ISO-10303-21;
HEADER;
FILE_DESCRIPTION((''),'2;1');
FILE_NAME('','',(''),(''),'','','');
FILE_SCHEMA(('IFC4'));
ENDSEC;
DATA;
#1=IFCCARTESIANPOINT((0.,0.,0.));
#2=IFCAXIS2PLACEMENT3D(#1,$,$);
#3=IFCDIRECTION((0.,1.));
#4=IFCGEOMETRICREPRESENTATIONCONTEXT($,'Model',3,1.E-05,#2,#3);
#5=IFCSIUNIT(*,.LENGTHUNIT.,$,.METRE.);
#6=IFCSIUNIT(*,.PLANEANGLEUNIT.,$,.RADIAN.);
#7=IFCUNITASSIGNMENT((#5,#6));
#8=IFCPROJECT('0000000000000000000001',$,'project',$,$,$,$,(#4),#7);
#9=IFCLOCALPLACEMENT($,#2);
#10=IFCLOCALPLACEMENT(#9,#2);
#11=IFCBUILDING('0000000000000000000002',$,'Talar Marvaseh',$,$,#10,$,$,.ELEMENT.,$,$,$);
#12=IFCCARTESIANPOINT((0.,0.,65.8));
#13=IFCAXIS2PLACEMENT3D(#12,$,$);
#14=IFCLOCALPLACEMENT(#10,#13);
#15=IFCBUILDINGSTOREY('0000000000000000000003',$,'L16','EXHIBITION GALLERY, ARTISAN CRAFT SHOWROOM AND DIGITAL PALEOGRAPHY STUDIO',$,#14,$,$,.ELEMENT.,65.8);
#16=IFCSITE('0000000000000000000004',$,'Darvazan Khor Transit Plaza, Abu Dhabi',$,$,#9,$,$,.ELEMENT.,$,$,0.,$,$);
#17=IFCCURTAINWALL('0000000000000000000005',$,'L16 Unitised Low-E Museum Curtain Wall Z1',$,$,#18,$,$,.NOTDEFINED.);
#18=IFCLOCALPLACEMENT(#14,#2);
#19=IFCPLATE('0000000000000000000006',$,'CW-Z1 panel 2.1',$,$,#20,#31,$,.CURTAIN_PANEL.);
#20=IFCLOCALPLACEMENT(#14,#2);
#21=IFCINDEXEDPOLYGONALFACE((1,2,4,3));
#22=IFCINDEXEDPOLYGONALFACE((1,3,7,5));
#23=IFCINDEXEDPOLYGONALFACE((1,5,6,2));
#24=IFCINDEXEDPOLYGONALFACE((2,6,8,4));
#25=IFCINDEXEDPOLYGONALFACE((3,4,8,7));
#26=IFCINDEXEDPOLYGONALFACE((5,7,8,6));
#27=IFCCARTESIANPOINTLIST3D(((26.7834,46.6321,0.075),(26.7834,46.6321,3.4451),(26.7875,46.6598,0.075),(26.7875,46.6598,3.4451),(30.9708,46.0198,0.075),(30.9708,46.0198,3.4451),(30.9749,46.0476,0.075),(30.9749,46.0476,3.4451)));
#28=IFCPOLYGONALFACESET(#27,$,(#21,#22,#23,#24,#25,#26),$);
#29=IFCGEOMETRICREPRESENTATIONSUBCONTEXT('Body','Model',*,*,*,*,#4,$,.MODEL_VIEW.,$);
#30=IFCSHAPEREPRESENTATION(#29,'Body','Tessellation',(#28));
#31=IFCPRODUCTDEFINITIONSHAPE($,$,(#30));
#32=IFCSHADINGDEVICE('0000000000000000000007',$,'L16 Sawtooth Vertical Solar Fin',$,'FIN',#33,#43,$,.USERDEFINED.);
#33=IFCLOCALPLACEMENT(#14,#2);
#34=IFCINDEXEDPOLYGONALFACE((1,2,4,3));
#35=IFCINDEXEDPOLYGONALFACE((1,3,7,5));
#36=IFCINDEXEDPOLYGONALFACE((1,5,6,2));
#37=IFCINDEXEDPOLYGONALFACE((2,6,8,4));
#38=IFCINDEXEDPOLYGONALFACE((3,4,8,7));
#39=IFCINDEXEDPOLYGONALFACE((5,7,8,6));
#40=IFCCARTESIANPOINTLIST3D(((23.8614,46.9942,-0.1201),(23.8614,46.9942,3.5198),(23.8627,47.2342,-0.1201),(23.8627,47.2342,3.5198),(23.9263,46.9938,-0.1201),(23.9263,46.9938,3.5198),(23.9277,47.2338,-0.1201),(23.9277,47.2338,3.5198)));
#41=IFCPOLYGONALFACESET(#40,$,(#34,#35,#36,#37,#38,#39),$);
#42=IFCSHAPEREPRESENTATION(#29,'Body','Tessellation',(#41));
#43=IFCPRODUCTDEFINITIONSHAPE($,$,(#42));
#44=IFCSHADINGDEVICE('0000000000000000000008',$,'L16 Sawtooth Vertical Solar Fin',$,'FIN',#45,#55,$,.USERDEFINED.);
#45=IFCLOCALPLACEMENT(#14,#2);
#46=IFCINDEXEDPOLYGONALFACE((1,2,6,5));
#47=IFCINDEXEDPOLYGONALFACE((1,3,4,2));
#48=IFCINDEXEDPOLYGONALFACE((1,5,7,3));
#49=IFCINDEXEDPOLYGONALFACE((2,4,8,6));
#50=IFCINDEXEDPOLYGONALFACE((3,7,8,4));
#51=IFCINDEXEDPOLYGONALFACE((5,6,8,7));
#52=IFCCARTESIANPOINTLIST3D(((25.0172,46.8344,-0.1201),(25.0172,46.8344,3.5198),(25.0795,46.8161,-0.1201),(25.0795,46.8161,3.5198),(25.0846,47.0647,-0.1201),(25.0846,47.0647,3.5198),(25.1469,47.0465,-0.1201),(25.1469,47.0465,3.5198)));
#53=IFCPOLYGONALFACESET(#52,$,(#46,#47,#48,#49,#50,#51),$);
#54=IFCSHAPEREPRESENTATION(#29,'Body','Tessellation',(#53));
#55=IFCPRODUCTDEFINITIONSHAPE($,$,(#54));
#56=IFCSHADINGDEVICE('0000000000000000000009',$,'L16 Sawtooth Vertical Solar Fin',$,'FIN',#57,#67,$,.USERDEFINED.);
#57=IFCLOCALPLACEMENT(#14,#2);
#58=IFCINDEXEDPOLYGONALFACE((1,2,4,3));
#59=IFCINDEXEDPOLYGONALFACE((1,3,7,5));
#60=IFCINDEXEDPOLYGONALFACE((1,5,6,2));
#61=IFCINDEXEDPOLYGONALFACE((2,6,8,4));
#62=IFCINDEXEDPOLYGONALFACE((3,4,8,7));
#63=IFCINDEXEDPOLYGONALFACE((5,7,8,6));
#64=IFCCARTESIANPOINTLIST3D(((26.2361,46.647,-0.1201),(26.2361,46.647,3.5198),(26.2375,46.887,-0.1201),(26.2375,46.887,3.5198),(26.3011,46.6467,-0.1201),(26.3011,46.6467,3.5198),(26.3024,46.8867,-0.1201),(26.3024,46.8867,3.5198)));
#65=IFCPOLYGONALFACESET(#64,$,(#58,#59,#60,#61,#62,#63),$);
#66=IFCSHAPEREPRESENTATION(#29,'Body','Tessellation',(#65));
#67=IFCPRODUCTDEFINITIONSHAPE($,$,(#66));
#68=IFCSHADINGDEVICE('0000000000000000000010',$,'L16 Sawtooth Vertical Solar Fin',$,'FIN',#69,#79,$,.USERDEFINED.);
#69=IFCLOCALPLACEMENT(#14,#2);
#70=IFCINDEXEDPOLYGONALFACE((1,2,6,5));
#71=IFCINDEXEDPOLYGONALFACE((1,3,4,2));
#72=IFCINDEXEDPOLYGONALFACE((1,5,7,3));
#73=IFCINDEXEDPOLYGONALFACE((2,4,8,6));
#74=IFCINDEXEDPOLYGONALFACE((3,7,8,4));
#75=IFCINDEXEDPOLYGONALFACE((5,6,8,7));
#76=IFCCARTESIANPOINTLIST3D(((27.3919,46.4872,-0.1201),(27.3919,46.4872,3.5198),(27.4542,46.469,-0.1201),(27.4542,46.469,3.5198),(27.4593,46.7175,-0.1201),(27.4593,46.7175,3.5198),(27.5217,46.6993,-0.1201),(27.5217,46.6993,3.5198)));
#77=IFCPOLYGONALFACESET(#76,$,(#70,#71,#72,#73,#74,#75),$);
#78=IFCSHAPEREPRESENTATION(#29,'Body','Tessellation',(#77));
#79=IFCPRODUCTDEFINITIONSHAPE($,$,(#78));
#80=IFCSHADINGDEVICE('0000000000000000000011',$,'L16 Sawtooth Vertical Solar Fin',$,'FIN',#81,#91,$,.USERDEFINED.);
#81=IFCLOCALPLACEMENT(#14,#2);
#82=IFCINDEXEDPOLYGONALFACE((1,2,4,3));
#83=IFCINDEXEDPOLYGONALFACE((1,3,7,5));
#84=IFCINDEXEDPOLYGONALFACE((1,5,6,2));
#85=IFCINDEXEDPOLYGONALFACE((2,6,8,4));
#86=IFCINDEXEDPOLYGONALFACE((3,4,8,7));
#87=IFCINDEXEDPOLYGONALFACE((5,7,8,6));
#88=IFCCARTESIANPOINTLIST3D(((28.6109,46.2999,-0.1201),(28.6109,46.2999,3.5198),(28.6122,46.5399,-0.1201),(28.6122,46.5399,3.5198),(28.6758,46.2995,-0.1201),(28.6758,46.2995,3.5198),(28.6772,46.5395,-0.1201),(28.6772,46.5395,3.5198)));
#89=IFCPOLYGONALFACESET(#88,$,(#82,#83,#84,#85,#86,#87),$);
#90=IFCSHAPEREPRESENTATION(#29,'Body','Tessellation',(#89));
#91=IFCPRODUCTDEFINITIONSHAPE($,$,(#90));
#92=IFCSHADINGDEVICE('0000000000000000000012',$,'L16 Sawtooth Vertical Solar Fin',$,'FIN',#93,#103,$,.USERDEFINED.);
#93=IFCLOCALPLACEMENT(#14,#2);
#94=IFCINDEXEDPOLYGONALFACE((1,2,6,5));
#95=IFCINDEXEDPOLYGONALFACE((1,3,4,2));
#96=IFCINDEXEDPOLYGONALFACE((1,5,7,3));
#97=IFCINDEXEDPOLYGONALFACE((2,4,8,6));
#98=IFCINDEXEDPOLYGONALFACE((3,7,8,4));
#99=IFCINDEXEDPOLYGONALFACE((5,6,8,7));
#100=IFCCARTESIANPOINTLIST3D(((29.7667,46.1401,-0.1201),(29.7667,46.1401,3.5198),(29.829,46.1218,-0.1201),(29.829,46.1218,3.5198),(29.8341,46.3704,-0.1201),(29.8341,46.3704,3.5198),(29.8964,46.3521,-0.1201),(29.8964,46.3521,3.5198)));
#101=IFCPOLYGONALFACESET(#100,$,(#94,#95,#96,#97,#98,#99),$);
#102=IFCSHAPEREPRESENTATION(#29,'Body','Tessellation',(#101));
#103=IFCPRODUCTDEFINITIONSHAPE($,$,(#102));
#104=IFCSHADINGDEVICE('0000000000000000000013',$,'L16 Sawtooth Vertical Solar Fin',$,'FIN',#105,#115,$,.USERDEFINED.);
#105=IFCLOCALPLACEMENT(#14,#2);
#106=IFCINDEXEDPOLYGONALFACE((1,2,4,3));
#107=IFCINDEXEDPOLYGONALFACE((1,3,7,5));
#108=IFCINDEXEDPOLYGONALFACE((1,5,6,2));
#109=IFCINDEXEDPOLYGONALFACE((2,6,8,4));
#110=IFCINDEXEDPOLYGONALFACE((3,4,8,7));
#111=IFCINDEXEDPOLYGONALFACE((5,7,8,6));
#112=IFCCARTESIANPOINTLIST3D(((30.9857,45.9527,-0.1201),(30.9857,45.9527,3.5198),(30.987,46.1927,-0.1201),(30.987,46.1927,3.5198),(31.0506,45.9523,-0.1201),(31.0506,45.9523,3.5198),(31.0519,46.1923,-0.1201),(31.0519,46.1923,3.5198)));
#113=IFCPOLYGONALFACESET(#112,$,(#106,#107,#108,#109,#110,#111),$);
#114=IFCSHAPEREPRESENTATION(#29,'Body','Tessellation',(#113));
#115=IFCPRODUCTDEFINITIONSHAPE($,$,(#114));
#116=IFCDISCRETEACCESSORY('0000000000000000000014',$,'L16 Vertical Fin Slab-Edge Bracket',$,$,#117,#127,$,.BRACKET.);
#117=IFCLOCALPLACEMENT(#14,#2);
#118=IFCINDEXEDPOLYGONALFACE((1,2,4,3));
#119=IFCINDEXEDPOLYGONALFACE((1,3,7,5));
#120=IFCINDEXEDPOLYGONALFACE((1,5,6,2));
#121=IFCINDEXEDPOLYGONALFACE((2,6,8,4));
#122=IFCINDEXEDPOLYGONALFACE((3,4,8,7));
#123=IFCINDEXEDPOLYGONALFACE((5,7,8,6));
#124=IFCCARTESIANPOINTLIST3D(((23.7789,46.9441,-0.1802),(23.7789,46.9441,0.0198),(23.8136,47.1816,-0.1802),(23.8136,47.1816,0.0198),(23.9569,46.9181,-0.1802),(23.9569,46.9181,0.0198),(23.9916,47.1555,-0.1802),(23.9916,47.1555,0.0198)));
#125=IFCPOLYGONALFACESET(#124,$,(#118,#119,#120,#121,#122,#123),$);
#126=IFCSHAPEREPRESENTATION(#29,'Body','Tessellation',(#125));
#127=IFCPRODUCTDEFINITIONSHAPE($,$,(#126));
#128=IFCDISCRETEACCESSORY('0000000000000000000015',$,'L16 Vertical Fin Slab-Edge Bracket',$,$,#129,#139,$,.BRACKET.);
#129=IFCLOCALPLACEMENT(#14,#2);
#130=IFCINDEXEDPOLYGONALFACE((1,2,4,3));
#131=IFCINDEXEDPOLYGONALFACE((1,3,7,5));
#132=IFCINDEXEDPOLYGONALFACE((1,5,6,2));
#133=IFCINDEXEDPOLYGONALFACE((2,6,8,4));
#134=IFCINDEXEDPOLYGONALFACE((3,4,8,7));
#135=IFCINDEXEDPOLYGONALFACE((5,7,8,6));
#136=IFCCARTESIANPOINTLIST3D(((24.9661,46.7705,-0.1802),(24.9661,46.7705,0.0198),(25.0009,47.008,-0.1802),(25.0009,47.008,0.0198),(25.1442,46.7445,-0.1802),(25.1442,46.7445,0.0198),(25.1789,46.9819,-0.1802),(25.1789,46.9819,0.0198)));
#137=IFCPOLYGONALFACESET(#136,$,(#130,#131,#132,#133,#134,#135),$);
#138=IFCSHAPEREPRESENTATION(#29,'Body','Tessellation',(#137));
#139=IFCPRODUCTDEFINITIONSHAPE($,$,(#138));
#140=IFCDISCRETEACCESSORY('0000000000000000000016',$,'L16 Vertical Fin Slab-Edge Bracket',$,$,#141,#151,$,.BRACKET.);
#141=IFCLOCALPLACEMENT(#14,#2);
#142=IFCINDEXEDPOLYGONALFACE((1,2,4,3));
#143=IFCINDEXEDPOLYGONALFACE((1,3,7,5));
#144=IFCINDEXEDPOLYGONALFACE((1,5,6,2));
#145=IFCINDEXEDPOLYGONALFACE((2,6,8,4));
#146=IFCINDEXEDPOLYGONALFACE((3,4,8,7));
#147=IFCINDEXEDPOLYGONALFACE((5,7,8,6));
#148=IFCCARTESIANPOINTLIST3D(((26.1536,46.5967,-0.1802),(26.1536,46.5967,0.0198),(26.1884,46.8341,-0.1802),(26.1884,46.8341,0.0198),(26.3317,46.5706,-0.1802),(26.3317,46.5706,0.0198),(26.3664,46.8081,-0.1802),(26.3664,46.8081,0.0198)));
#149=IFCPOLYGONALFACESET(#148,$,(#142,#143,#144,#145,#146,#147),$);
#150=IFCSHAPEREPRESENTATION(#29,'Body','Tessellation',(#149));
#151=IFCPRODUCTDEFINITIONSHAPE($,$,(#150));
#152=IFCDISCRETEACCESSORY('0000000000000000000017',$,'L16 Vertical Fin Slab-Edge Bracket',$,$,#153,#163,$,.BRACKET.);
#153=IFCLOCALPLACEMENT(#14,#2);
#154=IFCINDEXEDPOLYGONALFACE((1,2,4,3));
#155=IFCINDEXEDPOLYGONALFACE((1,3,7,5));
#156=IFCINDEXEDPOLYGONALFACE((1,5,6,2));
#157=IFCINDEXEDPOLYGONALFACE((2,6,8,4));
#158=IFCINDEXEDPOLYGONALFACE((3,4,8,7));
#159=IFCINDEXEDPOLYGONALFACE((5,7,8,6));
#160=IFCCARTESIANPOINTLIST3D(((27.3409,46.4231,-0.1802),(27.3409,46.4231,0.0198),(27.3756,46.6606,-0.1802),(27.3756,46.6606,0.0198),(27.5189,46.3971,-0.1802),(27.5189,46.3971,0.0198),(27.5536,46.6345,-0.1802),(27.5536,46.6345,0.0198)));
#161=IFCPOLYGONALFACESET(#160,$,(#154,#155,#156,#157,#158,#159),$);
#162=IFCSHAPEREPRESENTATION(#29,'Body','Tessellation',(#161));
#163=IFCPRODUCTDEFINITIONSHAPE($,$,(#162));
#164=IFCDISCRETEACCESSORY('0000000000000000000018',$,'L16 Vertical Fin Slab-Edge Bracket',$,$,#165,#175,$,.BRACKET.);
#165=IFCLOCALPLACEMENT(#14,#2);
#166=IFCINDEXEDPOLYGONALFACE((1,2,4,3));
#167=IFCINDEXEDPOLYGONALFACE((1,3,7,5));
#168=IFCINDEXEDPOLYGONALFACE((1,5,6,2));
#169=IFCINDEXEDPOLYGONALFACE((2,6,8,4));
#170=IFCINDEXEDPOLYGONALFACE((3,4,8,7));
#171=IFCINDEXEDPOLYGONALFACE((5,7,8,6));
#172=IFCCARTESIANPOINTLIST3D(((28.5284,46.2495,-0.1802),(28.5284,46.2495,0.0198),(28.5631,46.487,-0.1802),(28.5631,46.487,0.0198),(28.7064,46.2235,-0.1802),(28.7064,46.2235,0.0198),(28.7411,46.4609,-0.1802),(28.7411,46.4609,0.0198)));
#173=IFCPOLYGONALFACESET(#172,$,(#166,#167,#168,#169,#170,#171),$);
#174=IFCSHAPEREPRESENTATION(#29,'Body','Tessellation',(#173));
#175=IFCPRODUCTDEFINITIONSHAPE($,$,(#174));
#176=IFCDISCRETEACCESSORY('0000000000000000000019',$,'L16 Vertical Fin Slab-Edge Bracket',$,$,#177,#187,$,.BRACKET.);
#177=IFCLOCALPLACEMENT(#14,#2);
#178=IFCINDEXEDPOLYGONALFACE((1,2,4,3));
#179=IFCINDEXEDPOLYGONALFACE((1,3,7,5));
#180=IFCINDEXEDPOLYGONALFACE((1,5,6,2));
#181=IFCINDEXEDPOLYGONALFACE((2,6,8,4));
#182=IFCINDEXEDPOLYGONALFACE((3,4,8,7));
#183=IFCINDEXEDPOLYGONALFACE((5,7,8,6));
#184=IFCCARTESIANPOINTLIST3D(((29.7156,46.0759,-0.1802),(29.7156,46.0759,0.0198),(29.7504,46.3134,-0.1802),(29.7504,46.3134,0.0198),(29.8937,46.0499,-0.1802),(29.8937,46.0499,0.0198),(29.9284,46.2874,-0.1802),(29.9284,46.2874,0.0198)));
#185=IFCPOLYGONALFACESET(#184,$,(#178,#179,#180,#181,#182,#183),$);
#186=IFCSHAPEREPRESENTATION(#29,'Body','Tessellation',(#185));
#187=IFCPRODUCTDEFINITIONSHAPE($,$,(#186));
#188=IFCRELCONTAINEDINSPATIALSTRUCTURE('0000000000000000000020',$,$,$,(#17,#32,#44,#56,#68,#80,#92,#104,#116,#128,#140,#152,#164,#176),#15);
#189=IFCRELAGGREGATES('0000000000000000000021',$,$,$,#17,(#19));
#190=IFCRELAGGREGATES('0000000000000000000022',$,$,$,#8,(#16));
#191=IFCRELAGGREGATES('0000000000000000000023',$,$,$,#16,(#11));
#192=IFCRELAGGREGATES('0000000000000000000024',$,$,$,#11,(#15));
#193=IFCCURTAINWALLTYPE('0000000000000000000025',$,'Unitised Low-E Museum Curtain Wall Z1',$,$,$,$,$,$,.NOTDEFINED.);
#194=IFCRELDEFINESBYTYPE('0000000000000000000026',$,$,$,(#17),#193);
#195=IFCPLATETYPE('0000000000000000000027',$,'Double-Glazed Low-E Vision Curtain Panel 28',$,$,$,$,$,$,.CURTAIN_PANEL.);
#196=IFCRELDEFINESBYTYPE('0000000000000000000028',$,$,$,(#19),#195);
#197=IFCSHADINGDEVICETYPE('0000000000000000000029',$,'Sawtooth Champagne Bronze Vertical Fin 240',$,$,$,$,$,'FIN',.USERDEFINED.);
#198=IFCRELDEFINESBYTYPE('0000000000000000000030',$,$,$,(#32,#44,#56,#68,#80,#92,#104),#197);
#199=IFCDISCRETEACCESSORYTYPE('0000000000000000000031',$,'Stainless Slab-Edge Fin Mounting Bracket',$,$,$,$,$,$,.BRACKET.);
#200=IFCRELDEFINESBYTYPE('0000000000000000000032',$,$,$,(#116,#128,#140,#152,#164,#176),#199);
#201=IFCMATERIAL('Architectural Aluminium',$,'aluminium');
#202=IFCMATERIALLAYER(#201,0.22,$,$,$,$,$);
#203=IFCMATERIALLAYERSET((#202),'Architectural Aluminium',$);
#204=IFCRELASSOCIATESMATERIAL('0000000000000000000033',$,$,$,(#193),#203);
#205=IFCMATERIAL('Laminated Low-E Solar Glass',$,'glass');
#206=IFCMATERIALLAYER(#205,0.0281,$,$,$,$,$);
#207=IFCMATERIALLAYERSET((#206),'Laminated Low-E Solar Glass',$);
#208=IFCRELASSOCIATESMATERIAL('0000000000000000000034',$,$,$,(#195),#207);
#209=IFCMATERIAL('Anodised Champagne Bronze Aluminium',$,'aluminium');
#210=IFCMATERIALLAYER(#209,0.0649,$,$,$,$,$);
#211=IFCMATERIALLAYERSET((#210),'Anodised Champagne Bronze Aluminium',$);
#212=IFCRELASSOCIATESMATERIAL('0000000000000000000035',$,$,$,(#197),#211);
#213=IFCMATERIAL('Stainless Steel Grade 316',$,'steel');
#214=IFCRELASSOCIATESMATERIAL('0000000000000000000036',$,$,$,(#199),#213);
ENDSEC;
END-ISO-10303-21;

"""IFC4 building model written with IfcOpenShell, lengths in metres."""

from ifc_helpers import new_model, si_unit, direction, frame, origin, origin_2d, place, context, subcontext, project, spatial, rectangle, extrude, source, transform, mapped, material, layer, layer_set, type_object, type_shapes, element, aggregate, save


model = new_model("IFC4")

# Units and contexts
model_context = context("Model", 3, precision=1e-05, world=origin(), true_north=direction((0.0, 1.0)))
body_context = subcontext(model_context, "Body", "Model", "MODEL_VIEW")
ifc_project = project(units=[si_unit("LENGTHUNIT", "METRE"), si_unit("PLANEANGLEUNIT", "RADIAN")], contexts=[model_context])

# Site, building, storey
site_placement = place(None, origin())
site = spatial("IfcSite", under=ifc_project, at=site_placement, Name="Darvazan Khor Transit Plaza, Abu Dhabi", CompositionType="ELEMENT", RefElevation=0.0)
building_placement = place(site_placement, origin())
building = spatial("IfcBuilding", under=site, at=building_placement, Name="Talar Marvaseh", CompositionType="ELEMENT")
storey_placement = place(building_placement, frame((0.0, 0.0, 65.8)))
storey = spatial("IfcBuildingStorey", under=building, at=storey_placement, Name="L16", Description="EXHIBITION GALLERY, ARTISAN CRAFT SHOWROOM AND DIGITAL PALEOGRAPHY STUDIO", CompositionType="ELEMENT", Elevation=65.8)

# Curtain wall, plate
ifc_material_1 = material(Name="Architectural Aluminium", Category="aluminium")
ifc_layer_1 = layer(ifc_material_1, 0.22)
ifc_layer_set_1 = layer_set([ifc_layer_1], Name="Architectural Aluminium")
curtain_wall_type = type_object("IfcCurtainWallType", Name="Unitised Low-E Museum Curtain Wall Z1", PredefinedType="NOTDEFINED", material=ifc_layer_set_1)
curtain_wall_placement = place(storey_placement, origin())
curtain_wall = element("IfcCurtainWall", 1, at=curtain_wall_placement, inside=storey, type_object=curtain_wall_type, Name="L16 Unitised Low-E Museum Curtain Wall Z1", PredefinedType="NOTDEFINED")
ifc_material_2 = material(Name="Laminated Low-E Solar Glass", Category="glass")
ifc_layer_2 = layer(ifc_material_2, 0.0281)
ifc_layer_set_2 = layer_set([ifc_layer_2], Name="Laminated Low-E Solar Glass")
plate_type = type_object("IfcPlateType", Name="Double-Glazed Low-E Vision Curtain Panel 28", PredefinedType="CURTAIN_PANEL", material=ifc_layer_set_2)
shared_shape_1 = source(origin(), body_context, "Body", "SweptSolid", [
    extrude(rectangle(XDim=4.2319, YDim=0.0281, at=origin_2d()), origin(), (0.0, 0.0, 1.0), 3.3701),
])
plate_1_placement = place(storey_placement, frame((28.8792, 46.3398, 0.075), z_axis=(0.0, 0.0, 1.0), x_axis=(0.989481, -0.144664, 0.0)))
plate_1 = element("IfcPlate", 2, at=plate_1_placement, type_object=plate_type, Name="CW-Z1 panel 2.1", PredefinedType="CURTAIN_PANEL", context=body_context, shape_type="MappedRepresentation", body=[
    mapped(shared_shape_1, transform((0.0, 0.0, 0.0), x_axis=(1.0, 0.0, 0.0), y_axis=(0.0, 1.0, 0.0), z_axis=(0.0, 0.0, 1.0), scale=1.0)),
])
aggregate(curtain_wall, [plate_1])

# Shading devices
ifc_material_3 = material(Name="Anodised Champagne Bronze Aluminium", Category="aluminium")
ifc_layer_3 = layer(ifc_material_3, 0.0649)
ifc_layer_set_3 = layer_set([ifc_layer_3], Name="Anodised Champagne Bronze Aluminium")
shading_device_type = type_object("IfcShadingDeviceType", Name="Sawtooth Champagne Bronze Vertical Fin 240", ElementType="FIN", PredefinedType="USERDEFINED", material=ifc_layer_set_3)
shared_shape_2 = source(origin(), body_context, "Body", "SweptSolid", [
    extrude(rectangle(XDim=0.24, YDim=0.0649, at=origin_2d()), origin(), (0.0, 0.0, 1.0), 3.6399),
])
type_shapes(shading_device_type, [shared_shape_2])
for number, where, z_axis, x_axis, name in (
    (3, (23.8945, 47.114, -0.1201), (0.0, 0.0, 1.0), (0.005585, 0.999984, 0.0), "L16 Sawtooth Vertical Solar Fin"),
    (4, (25.082, 46.9404, -0.1201), (0.0, 0.0, 1.0), (0.281002, 0.959707, 0.0), "L16 Sawtooth Vertical Solar Fin"),
    (5, (26.2693, 46.7668, -0.1201), (0.0, 0.0, 1.0), (0.005585, 0.999984, 0.0), "L16 Sawtooth Vertical Solar Fin"),
    (6, (27.4568, 46.5933, -0.1201), (0.0, 0.0, 1.0), (0.281002, 0.959707, 0.0), "L16 Sawtooth Vertical Solar Fin"),
    (7, (28.644, 46.4197, -0.1201), (0.0, 0.0, 1.0), (0.005585, 0.999984, 0.0), "L16 Sawtooth Vertical Solar Fin"),
    (8, (29.8315, 46.2461, -0.1201), (0.0, 0.0, 1.0), (0.281002, 0.959707, 0.0), "L16 Sawtooth Vertical Solar Fin"),
    (9, (31.0188, 46.0725, -0.1201), (0.0, 0.0, 1.0), (0.005585, 0.999984, 0.0), "L16 Sawtooth Vertical Solar Fin"),
):
    element("IfcShadingDevice", number, at=place(storey_placement, frame(where, z_axis=z_axis, x_axis=x_axis)), inside=storey, type_object=shading_device_type, Name=name, ObjectType="FIN", PredefinedType="USERDEFINED", context=body_context, shape_type="MappedRepresentation", body=[
        mapped(shared_shape_2, transform((0.0, 0.0, 0.0), x_axis=(1.0, 0.0, 0.0), y_axis=(0.0, 1.0, 0.0), z_axis=(0.0, 0.0, 1.0), scale=1.0)),
    ])

# Discrete accessories
ifc_material_4 = material(Name="Stainless Steel Grade 316", Category="steel")
discrete_accessory_type = type_object("IfcDiscreteAccessoryType", Name="Stainless Slab-Edge Fin Mounting Bracket", PredefinedType="BRACKET", material=ifc_material_4)
shared_shape_3 = source(origin(), body_context, "Body", "SweptSolid", [
    extrude(rectangle(XDim=0.24, YDim=0.1799, at=origin_2d()), origin(), (0.0, 0.0, 1.0), 0.2),
])
type_shapes(discrete_accessory_type, [shared_shape_3])
for number, where, z_axis, x_axis, name in (
    (10, (23.8853, 47.0498, -0.1802), (0.0, 0.0, 1.0), (0.144702, 0.989475, 0.0), "L16 Vertical Fin Slab-Edge Bracket"),
    (11, (25.0725, 46.8762, -0.1802), (0.0, 0.0, 1.0), (0.144702, 0.989475, 0.0), "L16 Vertical Fin Slab-Edge Bracket"),
    (12, (26.26, 46.7024, -0.1802), (0.0, 0.0, 1.0), (0.144702, 0.989475, 0.0), "L16 Vertical Fin Slab-Edge Bracket"),
    (13, (27.4473, 46.5288, -0.1802), (0.0, 0.0, 1.0), (0.144702, 0.989475, 0.0), "L16 Vertical Fin Slab-Edge Bracket"),
    (14, (28.6348, 46.3552, -0.1802), (0.0, 0.0, 1.0), (0.144702, 0.989475, 0.0), "L16 Vertical Fin Slab-Edge Bracket"),
    (15, (29.822, 46.1816, -0.1802), (0.0, 0.0, 1.0), (0.144702, 0.989475, 0.0), "L16 Vertical Fin Slab-Edge Bracket"),
):
    element("IfcDiscreteAccessory", number, at=place(storey_placement, frame(where, z_axis=z_axis, x_axis=x_axis)), inside=storey, type_object=discrete_accessory_type, Name=name, PredefinedType="BRACKET", context=body_context, shape_type="MappedRepresentation", body=[
        mapped(shared_shape_3, transform((0.0, 0.0, 0.0), x_axis=(1.0, 0.0, 0.0), y_axis=(0.0, 1.0, 0.0), z_axis=(0.0, 0.0, 1.0), scale=1.0)),
    ])

save(model, "model.ifc")
